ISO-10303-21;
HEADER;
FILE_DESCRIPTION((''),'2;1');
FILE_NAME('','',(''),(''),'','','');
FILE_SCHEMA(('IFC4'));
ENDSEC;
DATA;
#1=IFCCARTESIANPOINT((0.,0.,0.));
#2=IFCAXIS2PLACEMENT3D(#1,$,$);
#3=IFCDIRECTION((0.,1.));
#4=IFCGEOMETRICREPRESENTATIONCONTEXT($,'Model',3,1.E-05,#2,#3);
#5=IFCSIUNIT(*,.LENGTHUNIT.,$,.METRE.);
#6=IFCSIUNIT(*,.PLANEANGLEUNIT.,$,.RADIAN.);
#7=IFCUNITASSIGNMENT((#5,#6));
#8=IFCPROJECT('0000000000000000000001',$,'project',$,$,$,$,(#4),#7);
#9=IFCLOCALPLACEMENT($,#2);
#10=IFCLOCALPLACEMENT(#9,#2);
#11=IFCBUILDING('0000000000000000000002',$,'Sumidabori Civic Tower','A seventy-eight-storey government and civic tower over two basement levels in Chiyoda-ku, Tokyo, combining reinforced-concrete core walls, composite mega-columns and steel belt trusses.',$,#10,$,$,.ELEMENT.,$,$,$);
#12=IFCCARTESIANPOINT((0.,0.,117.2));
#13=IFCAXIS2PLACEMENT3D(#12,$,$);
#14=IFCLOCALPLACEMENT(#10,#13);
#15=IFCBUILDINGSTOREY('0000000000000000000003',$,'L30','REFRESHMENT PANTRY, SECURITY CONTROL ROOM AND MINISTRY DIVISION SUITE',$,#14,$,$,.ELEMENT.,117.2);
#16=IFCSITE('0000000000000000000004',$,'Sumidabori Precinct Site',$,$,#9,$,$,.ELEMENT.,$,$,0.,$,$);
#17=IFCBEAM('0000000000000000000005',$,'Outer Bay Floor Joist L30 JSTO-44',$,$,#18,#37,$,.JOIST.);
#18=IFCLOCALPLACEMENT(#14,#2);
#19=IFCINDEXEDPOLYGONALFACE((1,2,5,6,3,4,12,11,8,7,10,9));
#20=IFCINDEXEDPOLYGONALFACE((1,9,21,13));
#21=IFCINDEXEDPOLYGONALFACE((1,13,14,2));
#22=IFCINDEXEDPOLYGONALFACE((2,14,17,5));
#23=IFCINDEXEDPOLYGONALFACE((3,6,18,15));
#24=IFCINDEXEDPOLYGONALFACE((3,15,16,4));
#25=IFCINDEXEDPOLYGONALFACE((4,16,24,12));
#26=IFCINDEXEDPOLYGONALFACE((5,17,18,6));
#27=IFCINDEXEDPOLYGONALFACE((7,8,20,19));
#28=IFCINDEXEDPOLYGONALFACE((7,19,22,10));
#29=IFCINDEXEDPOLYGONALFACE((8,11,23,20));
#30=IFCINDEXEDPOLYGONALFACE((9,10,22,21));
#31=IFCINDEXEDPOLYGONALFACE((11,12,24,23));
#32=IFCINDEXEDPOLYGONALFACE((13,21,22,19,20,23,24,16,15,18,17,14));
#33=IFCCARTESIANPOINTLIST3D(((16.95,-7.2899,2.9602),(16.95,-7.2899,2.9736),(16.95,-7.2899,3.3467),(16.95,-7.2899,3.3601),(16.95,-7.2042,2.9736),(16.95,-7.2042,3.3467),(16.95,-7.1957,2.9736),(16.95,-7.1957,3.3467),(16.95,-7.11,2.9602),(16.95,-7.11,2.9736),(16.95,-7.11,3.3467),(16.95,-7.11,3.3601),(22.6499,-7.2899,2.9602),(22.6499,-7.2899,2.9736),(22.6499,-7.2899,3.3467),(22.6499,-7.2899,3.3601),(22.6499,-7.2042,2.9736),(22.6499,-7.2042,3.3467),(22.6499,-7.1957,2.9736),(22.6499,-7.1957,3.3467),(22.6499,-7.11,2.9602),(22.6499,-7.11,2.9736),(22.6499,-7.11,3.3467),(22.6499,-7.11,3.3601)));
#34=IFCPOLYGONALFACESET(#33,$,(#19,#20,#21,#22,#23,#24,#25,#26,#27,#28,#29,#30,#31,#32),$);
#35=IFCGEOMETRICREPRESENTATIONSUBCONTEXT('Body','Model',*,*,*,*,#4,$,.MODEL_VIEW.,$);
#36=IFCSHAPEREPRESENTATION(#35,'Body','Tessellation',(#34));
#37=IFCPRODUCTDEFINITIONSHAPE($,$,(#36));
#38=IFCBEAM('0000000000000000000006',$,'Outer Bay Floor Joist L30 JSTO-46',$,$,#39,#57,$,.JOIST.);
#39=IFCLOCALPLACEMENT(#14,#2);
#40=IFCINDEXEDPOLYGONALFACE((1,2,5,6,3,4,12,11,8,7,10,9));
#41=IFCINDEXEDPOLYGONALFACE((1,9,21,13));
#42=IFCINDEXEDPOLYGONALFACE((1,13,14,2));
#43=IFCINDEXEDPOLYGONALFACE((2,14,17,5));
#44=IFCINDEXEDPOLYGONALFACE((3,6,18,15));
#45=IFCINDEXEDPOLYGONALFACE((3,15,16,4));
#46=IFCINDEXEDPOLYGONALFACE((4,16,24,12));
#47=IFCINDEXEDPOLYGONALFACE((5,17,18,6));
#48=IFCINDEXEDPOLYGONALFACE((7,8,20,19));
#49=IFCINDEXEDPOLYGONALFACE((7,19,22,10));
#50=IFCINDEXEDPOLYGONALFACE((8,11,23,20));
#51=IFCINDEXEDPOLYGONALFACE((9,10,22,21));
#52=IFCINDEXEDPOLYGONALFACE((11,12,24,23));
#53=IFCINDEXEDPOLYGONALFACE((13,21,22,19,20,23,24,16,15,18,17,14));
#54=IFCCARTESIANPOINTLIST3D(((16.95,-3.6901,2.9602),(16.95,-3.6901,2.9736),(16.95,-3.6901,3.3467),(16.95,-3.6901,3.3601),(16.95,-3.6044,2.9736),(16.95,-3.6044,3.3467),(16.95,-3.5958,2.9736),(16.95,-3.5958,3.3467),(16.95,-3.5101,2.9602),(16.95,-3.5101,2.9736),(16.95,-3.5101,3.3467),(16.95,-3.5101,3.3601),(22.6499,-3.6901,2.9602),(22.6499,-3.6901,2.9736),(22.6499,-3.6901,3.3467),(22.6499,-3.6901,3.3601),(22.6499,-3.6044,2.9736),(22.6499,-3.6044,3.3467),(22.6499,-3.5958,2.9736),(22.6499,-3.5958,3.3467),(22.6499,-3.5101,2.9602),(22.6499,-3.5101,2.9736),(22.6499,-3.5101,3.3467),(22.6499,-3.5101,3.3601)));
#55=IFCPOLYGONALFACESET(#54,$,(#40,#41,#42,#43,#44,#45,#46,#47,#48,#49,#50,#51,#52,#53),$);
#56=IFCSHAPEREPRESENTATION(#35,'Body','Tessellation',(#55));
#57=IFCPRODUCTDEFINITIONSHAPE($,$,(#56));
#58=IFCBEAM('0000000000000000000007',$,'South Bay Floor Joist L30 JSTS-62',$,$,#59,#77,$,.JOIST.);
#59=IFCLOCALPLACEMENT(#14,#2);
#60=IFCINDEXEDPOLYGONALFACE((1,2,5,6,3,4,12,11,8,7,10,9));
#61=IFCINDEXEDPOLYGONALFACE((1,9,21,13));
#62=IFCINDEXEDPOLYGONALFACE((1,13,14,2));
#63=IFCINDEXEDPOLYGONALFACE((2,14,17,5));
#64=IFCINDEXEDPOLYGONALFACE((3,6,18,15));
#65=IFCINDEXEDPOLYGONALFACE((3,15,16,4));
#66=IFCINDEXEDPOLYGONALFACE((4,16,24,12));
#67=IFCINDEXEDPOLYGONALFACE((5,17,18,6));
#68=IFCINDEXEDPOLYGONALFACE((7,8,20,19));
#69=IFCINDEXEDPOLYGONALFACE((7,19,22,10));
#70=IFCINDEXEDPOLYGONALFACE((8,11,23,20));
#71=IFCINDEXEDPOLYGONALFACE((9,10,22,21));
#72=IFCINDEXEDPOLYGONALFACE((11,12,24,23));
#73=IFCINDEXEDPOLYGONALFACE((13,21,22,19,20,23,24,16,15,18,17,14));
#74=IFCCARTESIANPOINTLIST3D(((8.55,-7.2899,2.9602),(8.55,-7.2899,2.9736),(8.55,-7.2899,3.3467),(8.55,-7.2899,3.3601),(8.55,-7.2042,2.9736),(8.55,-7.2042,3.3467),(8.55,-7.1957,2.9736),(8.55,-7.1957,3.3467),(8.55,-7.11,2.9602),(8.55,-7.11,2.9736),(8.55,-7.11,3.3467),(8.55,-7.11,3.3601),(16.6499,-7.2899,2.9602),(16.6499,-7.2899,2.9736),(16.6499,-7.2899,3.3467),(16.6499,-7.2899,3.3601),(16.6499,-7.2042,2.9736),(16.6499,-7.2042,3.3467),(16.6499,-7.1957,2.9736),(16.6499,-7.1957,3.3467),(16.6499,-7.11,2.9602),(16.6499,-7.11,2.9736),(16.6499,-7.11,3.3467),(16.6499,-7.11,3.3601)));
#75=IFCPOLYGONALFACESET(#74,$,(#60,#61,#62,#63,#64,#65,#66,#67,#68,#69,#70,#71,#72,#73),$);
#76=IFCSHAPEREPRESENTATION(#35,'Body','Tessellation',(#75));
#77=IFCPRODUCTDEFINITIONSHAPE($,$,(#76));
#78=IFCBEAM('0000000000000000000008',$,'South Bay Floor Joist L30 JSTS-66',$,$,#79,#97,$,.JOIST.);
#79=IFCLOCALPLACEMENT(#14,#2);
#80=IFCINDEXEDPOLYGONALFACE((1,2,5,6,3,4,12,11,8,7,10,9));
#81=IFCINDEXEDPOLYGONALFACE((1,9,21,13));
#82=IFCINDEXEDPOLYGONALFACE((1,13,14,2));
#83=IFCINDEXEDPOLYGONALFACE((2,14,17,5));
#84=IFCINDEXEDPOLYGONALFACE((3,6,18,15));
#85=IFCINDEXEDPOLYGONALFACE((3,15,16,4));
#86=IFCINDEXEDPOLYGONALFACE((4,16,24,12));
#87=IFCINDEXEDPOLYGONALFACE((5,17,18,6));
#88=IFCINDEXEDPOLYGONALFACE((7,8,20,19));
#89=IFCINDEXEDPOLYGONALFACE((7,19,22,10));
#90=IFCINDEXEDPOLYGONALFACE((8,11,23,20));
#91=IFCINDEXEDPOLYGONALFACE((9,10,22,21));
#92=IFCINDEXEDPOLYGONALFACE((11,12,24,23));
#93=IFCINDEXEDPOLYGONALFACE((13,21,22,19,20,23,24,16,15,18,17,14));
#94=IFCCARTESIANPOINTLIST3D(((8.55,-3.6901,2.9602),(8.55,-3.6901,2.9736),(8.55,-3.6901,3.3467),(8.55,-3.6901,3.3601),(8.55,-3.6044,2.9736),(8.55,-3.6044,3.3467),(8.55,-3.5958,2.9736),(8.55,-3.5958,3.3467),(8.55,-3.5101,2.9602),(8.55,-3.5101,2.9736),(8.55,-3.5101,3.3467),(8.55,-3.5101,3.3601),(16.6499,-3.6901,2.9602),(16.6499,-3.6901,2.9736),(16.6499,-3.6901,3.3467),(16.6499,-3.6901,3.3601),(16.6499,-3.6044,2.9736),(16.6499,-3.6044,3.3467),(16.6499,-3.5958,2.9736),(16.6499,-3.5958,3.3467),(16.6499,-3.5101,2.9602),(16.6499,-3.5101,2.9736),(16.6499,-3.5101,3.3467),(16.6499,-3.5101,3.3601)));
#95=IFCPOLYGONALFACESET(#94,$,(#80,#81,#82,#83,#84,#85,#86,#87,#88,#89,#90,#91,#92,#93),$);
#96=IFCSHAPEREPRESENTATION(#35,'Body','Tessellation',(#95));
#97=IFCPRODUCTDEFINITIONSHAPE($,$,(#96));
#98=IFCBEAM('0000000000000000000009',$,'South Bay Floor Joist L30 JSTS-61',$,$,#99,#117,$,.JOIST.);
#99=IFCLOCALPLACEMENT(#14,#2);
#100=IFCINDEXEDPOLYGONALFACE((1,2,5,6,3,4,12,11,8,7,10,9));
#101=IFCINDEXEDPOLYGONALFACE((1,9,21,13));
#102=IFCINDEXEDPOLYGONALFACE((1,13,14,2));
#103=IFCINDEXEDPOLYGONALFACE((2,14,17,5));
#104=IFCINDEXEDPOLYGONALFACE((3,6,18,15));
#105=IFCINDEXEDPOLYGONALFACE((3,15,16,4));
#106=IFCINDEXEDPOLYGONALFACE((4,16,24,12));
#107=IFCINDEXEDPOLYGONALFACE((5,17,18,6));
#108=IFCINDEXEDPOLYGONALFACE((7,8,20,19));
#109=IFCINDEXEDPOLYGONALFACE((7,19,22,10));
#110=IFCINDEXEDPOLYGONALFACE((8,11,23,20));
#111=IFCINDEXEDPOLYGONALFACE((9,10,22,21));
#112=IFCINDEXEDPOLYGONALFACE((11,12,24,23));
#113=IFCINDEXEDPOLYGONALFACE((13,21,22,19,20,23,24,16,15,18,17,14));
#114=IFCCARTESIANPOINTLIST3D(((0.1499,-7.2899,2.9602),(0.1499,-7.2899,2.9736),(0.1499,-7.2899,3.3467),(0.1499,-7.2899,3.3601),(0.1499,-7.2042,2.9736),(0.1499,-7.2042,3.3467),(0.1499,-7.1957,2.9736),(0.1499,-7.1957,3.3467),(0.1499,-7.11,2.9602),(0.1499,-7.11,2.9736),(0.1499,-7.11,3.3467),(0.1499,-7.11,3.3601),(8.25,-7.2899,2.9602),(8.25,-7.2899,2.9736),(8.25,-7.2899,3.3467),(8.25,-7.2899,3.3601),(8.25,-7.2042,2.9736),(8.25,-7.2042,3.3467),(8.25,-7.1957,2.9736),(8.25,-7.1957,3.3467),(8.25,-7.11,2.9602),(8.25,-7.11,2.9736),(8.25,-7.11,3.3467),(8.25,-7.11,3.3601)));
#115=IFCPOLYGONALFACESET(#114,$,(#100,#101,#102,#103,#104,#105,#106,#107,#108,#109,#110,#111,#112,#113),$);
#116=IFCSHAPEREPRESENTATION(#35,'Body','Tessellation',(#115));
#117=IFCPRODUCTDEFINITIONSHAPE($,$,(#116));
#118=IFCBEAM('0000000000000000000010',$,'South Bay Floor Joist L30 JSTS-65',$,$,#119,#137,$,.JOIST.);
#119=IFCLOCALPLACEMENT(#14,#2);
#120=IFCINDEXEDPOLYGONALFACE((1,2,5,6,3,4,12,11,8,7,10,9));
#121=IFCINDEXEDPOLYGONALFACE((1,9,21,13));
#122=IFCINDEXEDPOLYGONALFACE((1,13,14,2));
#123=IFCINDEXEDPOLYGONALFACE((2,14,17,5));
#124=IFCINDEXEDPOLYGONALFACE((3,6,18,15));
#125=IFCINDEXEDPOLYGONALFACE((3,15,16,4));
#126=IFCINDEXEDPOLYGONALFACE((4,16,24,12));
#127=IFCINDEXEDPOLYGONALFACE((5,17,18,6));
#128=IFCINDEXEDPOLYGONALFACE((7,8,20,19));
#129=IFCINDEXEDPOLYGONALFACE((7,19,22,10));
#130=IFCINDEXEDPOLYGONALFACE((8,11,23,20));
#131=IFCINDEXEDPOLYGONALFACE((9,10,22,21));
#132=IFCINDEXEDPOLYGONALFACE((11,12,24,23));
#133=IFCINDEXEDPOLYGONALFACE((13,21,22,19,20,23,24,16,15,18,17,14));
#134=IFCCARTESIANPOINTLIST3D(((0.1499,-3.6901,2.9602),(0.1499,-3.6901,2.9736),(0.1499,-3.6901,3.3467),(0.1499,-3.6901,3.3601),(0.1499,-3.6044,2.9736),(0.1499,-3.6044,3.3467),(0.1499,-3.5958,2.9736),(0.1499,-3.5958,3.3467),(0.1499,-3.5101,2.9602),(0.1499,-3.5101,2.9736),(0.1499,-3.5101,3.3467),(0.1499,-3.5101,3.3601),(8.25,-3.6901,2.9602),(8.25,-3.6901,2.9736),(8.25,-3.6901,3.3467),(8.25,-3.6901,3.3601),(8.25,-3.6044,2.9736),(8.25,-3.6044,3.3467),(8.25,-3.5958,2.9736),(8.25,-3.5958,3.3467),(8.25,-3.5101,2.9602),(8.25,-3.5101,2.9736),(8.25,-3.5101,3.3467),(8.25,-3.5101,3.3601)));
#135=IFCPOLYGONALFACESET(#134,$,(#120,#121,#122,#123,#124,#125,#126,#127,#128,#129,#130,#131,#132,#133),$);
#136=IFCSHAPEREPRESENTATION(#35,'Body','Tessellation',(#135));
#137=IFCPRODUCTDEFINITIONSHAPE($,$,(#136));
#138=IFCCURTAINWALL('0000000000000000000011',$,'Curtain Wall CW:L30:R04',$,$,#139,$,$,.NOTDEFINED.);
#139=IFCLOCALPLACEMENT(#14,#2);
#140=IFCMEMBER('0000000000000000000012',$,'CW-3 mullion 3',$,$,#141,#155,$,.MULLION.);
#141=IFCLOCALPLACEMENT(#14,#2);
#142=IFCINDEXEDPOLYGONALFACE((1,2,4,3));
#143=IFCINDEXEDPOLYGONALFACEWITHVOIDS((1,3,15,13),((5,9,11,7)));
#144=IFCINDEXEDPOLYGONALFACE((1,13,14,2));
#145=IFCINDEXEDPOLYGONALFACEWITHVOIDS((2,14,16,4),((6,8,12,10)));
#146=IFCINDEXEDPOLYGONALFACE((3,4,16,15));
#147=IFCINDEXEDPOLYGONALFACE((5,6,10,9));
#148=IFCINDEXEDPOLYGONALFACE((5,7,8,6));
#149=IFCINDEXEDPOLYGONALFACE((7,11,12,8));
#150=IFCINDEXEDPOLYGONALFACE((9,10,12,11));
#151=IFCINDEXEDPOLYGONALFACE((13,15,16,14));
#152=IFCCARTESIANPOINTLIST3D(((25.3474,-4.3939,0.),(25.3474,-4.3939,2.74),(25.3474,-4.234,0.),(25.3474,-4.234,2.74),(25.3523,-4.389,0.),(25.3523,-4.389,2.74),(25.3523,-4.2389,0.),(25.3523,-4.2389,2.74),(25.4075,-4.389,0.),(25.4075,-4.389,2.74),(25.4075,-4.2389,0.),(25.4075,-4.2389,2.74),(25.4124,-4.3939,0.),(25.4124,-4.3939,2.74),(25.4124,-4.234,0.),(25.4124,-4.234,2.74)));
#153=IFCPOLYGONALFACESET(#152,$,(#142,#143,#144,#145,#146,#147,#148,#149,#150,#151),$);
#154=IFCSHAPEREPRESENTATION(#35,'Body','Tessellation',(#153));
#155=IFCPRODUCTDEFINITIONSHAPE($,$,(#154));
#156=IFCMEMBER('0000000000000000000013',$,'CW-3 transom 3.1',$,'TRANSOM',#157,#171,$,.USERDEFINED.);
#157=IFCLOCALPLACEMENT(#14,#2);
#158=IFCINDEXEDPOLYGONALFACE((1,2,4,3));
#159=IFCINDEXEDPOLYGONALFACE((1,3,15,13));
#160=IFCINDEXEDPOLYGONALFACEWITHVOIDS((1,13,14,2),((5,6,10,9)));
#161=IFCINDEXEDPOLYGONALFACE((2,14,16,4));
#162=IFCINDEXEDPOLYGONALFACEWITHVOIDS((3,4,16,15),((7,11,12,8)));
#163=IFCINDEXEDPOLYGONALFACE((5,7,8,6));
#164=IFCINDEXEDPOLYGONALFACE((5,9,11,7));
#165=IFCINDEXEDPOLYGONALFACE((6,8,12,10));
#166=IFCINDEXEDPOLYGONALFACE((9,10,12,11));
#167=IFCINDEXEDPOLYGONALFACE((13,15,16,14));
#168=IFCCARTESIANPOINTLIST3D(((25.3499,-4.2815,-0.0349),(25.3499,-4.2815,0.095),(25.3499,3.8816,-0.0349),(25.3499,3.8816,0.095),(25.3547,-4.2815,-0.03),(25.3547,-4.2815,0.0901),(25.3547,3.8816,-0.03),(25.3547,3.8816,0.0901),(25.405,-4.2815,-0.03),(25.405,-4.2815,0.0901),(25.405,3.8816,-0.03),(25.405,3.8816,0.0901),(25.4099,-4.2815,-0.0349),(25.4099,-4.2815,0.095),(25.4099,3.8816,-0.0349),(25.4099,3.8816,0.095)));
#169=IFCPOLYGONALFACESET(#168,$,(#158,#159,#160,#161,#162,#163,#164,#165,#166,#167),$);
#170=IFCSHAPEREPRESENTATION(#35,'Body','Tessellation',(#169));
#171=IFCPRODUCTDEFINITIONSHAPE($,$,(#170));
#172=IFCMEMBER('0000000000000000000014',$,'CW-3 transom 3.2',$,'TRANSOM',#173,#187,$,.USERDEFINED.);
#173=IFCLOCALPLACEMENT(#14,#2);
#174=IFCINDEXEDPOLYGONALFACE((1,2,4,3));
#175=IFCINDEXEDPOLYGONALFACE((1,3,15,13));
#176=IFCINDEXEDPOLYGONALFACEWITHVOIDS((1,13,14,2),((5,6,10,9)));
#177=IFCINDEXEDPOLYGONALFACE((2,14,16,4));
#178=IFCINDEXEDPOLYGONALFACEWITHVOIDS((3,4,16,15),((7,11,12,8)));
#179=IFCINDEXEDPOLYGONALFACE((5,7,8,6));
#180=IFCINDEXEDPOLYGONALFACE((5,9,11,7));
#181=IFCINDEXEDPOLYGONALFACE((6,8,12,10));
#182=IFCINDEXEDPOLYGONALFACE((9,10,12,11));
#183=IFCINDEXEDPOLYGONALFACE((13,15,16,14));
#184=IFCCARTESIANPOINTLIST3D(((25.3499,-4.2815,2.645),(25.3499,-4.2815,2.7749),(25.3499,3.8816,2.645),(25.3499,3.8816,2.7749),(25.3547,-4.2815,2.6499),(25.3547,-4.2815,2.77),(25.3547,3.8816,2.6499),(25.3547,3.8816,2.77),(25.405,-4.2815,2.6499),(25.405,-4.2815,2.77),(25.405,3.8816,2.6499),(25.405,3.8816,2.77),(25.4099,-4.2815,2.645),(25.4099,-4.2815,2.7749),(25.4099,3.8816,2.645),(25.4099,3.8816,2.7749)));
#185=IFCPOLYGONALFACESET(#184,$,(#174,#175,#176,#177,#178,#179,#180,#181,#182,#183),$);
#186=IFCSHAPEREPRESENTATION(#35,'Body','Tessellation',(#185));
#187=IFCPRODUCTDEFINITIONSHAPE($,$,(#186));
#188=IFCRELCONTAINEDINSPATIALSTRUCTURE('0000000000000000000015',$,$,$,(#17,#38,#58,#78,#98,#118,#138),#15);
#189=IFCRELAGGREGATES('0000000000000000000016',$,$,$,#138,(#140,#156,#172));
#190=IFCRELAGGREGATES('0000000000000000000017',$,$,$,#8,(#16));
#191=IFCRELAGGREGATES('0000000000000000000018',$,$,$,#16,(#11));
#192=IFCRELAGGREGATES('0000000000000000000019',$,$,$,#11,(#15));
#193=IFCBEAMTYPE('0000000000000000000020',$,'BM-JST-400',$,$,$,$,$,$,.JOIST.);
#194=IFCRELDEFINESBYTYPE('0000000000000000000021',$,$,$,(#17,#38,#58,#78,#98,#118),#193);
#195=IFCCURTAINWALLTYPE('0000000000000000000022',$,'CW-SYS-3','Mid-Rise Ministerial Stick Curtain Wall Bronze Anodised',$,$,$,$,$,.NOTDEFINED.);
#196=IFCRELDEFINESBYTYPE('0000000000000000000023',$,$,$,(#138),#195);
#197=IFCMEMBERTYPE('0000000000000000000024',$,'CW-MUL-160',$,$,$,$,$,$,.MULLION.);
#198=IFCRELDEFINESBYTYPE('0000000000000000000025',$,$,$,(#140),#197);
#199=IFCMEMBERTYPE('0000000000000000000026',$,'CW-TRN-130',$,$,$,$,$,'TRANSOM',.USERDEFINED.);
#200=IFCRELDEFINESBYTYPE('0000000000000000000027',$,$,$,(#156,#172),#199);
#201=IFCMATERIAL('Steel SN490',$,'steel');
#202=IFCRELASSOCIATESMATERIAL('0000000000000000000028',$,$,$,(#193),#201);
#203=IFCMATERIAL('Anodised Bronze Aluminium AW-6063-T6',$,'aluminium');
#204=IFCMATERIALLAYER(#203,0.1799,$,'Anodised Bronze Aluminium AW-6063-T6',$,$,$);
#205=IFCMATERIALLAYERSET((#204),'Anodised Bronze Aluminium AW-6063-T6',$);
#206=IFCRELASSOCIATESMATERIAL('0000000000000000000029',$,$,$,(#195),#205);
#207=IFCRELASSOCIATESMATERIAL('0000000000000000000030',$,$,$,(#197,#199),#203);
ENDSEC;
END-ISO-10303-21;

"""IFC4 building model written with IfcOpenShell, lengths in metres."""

from ifc_helpers import new_model, si_unit, direction, frame, origin, origin_2d, place, context, subcontext, project, spatial, hollow_rectangle, i_section, extrude, source, transform, mapped, material, layer, layer_set, material_profile, profile_set, type_object, element, aggregate, save


model = new_model("IFC4")

# Units and contexts
model_context = context("Model", 3, precision=1e-05, world=origin(), true_north=direction((0.0, 1.0)))
body_context = subcontext(model_context, "Body", "Model", "MODEL_VIEW")
ifc_project = project(units=[si_unit("LENGTHUNIT", "METRE"), si_unit("PLANEANGLEUNIT", "RADIAN")], contexts=[model_context])

# Site, building, storey
site_placement = place(None, origin())
site = spatial("IfcSite", under=ifc_project, at=site_placement, Name="Sumidabori Precinct Site", CompositionType="ELEMENT", RefElevation=0.0)
building_placement = place(site_placement, origin())
building = spatial("IfcBuilding", under=site, at=building_placement, Name="Sumidabori Civic Tower", Description="A seventy-eight-storey government and civic tower over two basement levels in Chiyoda-ku, Tokyo, combining reinforced-concrete core walls, composite mega-columns and steel belt trusses.", CompositionType="ELEMENT")
storey_placement = place(building_placement, frame((0.0, 0.0, 117.2)))
storey = spatial("IfcBuildingStorey", under=building, at=storey_placement, Name="L30", Description="REFRESHMENT PANTRY, SECURITY CONTROL ROOM AND MINISTRY DIVISION SUITE", CompositionType="ELEMENT", Elevation=117.2)

# Beams
ifc_material_1 = material(Name="Steel SN490", Category="steel")
ifc_material_profile_1 = material_profile(ifc_material_1, i_section(OverallWidth=0.1799, OverallDepth=0.3999, WebThickness=0.0085, FlangeThickness=0.0134, at=origin_2d()), Name="IPE 400")
ifc_profile_set_1 = profile_set([ifc_material_profile_1], Name="Steel SN490")
beam_type_1 = type_object("IfcBeamType", Name="BM-JST-400", PredefinedType="JOIST", material=ifc_profile_set_1)
shared_shape_1 = source(origin(), body_context, "Body", "SweptSolid", [
    extrude(i_section(OverallWidth=0.1799, OverallDepth=0.3999, WebThickness=0.0085, FlangeThickness=0.0134, at=origin_2d()), origin(), (0.0, 0.0, 1.0), 5.7),
])
for number, where, z_axis, x_axis, name in (
    (1, (16.95, -7.2, 3.1602), (1.0, 0.0, 0.0), (0.0, 1.0, 0.0), "Outer Bay Floor Joist L30 JSTO-44"),
    (2, (16.95, -3.6001, 3.1602), (1.0, 0.0, 0.0), (0.0, 1.0, 0.0), "Outer Bay Floor Joist L30 JSTO-46"),
):
    element("IfcBeam", number, at=place(storey_placement, frame(where, z_axis=z_axis, x_axis=x_axis)), inside=storey, type_object=beam_type_1, Name=name, PredefinedType="JOIST", context=body_context, shape_type="MappedRepresentation", body=[
        mapped(shared_shape_1, transform((0.0, 0.0, 0.0), x_axis=(1.0, 0.0, 0.0), y_axis=(0.0, 1.0, 0.0), z_axis=(0.0, 0.0, 1.0), scale=1.0)),
    ])
shared_shape_2 = source(origin(), body_context, "Body", "SweptSolid", [
    extrude(i_section(OverallWidth=0.1799, OverallDepth=0.3999, WebThickness=0.0085, FlangeThickness=0.0134, at=origin_2d()), origin(), (0.0, 0.0, 1.0), 8.0999),
])
for number, where, z_axis, x_axis, name in (
    (3, (8.55, -7.2, 3.1602), (1.0, 0.0, 0.0), (0.0, 1.0, 0.0), "South Bay Floor Joist L30 JSTS-62"),
    (4, (8.55, -3.6001, 3.1602), (1.0, 0.0, 0.0), (0.0, 1.0, 0.0), "South Bay Floor Joist L30 JSTS-66"),
):
    element("IfcBeam", number, at=place(storey_placement, frame(where, z_axis=z_axis, x_axis=x_axis)), inside=storey, type_object=beam_type_1, Name=name, PredefinedType="JOIST", context=body_context, shape_type="MappedRepresentation", body=[
        mapped(shared_shape_2, transform((0.0, 0.0, 0.0), x_axis=(1.0, 0.0, 0.0), y_axis=(0.0, 1.0, 0.0), z_axis=(0.0, 0.0, 1.0), scale=1.0)),
    ])
shared_shape_3 = source(origin(), body_context, "Body", "SweptSolid", [
    extrude(i_section(OverallWidth=0.1799, OverallDepth=0.3999, WebThickness=0.0085, FlangeThickness=0.0134, at=origin_2d()), origin(), (0.0, 0.0, 1.0), 8.1001),
])
for number, where, z_axis, x_axis, name in (
    (5, (0.1499, -7.2, 3.1602), (1.0, 0.0, 0.0), (0.0, 1.0, 0.0), "South Bay Floor Joist L30 JSTS-61"),
    (6, (0.1499, -3.6001, 3.1602), (1.0, 0.0, 0.0), (0.0, 1.0, 0.0), "South Bay Floor Joist L30 JSTS-65"),
):
    element("IfcBeam", number, at=place(storey_placement, frame(where, z_axis=z_axis, x_axis=x_axis)), inside=storey, type_object=beam_type_1, Name=name, PredefinedType="JOIST", context=body_context, shape_type="MappedRepresentation", body=[
        mapped(shared_shape_3, transform((0.0, 0.0, 0.0), x_axis=(1.0, 0.0, 0.0), y_axis=(0.0, 1.0, 0.0), z_axis=(0.0, 0.0, 1.0), scale=1.0)),
    ])

# Curtain wall, members
ifc_material_2 = material(Name="Anodised Bronze Aluminium AW-6063-T6", Category="aluminium")
ifc_layer_1 = layer(ifc_material_2, 0.1799, Name="Anodised Bronze Aluminium AW-6063-T6")
ifc_layer_set_1 = layer_set([ifc_layer_1], Name="Anodised Bronze Aluminium AW-6063-T6")
curtain_wall_type = type_object("IfcCurtainWallType", Name="CW-SYS-3", Description="Mid-Rise Ministerial Stick Curtain Wall Bronze Anodised", PredefinedType="NOTDEFINED", material=ifc_layer_set_1)
curtain_wall_placement = place(storey_placement, origin())
curtain_wall = element("IfcCurtainWall", 7, at=curtain_wall_placement, inside=storey, type_object=curtain_wall_type, Name="Curtain Wall CW:L30:R04", PredefinedType="NOTDEFINED")
ifc_material_profile_2 = material_profile(ifc_material_2, hollow_rectangle(XDim=0.0649, YDim=0.1599, WallThickness=0.0049, at=origin_2d()), Name="ALU MULLION 160x65")
ifc_profile_set_2 = profile_set([ifc_material_profile_2], Name="Anodised Bronze Aluminium AW-6063-T6")
member_type_1 = type_object("IfcMemberType", Name="CW-MUL-160", PredefinedType="MULLION", material=ifc_profile_set_2)
shared_shape_4 = source(origin(), body_context, "Body", "SweptSolid", [
    extrude(hollow_rectangle(XDim=0.0649, YDim=0.1599, WallThickness=0.0049, at=origin_2d()), origin(), (0.0, 0.0, 1.0), 2.74),
])
member_1_placement = place(storey_placement, frame((25.3799, -4.314, 0.0), z_axis=(0.0, 0.0, 1.0), x_axis=(-1.0, 0.0, 0.0)))
member_1 = element("IfcMember", 8, at=member_1_placement, type_object=member_type_1, Name="CW-3 mullion 3", PredefinedType="MULLION", context=body_context, shape_type="MappedRepresentation", body=[
    mapped(shared_shape_4, transform((0.0, 0.0, 0.0), x_axis=(1.0, 0.0, 0.0), y_axis=(0.0, 1.0, 0.0), z_axis=(0.0, 0.0, 1.0), scale=1.0)),
])
ifc_material_profile_3 = material_profile(ifc_material_2, hollow_rectangle(XDim=0.0601, YDim=0.1299, WallThickness=0.0049, at=origin_2d()), Name="ALU TRANSOM 130x60")
ifc_profile_set_3 = profile_set([ifc_material_profile_3], Name="Anodised Bronze Aluminium AW-6063-T6")
member_type_2 = type_object("IfcMemberType", Name="CW-TRN-130", ElementType="TRANSOM", PredefinedType="USERDEFINED", material=ifc_profile_set_3)
shared_shape_5 = source(origin(), body_context, "Body", "SweptSolid", [
    extrude(hollow_rectangle(XDim=0.0601, YDim=0.1299, WallThickness=0.0049, at=origin_2d()), origin(), (0.0, 0.0, 1.0), 8.1631),
])
member_2_placement = place(storey_placement, frame((25.3799, -4.2815, 0.03), z_axis=(0.0, 1.0, 0.0), x_axis=(-1.0, 0.0, 0.0)))
member_2 = element("IfcMember", 9, at=member_2_placement, type_object=member_type_2, Name="CW-3 transom 3.1", ObjectType="TRANSOM", PredefinedType="USERDEFINED", context=body_context, shape_type="MappedRepresentation", body=[
    mapped(shared_shape_5, transform((0.0, 0.0, 0.0), x_axis=(1.0, 0.0, 0.0), y_axis=(0.0, 1.0, 0.0), z_axis=(0.0, 0.0, 1.0), scale=1.0)),
])
member_3_placement = place(storey_placement, frame((25.3799, -4.2815, 2.71), z_axis=(0.0, 1.0, 0.0), x_axis=(-1.0, 0.0, 0.0)))
member_3 = element("IfcMember", 10, at=member_3_placement, type_object=member_type_2, Name="CW-3 transom 3.2", ObjectType="TRANSOM", PredefinedType="USERDEFINED", context=body_context, shape_type="MappedRepresentation", body=[
    mapped(shared_shape_5, transform((0.0, 0.0, 0.0), x_axis=(1.0, 0.0, 0.0), y_axis=(0.0, 1.0, 0.0), z_axis=(0.0, 0.0, 1.0), scale=1.0)),
])
aggregate(curtain_wall, [member_1, member_2, member_3])

save(model, "model.ifc")
